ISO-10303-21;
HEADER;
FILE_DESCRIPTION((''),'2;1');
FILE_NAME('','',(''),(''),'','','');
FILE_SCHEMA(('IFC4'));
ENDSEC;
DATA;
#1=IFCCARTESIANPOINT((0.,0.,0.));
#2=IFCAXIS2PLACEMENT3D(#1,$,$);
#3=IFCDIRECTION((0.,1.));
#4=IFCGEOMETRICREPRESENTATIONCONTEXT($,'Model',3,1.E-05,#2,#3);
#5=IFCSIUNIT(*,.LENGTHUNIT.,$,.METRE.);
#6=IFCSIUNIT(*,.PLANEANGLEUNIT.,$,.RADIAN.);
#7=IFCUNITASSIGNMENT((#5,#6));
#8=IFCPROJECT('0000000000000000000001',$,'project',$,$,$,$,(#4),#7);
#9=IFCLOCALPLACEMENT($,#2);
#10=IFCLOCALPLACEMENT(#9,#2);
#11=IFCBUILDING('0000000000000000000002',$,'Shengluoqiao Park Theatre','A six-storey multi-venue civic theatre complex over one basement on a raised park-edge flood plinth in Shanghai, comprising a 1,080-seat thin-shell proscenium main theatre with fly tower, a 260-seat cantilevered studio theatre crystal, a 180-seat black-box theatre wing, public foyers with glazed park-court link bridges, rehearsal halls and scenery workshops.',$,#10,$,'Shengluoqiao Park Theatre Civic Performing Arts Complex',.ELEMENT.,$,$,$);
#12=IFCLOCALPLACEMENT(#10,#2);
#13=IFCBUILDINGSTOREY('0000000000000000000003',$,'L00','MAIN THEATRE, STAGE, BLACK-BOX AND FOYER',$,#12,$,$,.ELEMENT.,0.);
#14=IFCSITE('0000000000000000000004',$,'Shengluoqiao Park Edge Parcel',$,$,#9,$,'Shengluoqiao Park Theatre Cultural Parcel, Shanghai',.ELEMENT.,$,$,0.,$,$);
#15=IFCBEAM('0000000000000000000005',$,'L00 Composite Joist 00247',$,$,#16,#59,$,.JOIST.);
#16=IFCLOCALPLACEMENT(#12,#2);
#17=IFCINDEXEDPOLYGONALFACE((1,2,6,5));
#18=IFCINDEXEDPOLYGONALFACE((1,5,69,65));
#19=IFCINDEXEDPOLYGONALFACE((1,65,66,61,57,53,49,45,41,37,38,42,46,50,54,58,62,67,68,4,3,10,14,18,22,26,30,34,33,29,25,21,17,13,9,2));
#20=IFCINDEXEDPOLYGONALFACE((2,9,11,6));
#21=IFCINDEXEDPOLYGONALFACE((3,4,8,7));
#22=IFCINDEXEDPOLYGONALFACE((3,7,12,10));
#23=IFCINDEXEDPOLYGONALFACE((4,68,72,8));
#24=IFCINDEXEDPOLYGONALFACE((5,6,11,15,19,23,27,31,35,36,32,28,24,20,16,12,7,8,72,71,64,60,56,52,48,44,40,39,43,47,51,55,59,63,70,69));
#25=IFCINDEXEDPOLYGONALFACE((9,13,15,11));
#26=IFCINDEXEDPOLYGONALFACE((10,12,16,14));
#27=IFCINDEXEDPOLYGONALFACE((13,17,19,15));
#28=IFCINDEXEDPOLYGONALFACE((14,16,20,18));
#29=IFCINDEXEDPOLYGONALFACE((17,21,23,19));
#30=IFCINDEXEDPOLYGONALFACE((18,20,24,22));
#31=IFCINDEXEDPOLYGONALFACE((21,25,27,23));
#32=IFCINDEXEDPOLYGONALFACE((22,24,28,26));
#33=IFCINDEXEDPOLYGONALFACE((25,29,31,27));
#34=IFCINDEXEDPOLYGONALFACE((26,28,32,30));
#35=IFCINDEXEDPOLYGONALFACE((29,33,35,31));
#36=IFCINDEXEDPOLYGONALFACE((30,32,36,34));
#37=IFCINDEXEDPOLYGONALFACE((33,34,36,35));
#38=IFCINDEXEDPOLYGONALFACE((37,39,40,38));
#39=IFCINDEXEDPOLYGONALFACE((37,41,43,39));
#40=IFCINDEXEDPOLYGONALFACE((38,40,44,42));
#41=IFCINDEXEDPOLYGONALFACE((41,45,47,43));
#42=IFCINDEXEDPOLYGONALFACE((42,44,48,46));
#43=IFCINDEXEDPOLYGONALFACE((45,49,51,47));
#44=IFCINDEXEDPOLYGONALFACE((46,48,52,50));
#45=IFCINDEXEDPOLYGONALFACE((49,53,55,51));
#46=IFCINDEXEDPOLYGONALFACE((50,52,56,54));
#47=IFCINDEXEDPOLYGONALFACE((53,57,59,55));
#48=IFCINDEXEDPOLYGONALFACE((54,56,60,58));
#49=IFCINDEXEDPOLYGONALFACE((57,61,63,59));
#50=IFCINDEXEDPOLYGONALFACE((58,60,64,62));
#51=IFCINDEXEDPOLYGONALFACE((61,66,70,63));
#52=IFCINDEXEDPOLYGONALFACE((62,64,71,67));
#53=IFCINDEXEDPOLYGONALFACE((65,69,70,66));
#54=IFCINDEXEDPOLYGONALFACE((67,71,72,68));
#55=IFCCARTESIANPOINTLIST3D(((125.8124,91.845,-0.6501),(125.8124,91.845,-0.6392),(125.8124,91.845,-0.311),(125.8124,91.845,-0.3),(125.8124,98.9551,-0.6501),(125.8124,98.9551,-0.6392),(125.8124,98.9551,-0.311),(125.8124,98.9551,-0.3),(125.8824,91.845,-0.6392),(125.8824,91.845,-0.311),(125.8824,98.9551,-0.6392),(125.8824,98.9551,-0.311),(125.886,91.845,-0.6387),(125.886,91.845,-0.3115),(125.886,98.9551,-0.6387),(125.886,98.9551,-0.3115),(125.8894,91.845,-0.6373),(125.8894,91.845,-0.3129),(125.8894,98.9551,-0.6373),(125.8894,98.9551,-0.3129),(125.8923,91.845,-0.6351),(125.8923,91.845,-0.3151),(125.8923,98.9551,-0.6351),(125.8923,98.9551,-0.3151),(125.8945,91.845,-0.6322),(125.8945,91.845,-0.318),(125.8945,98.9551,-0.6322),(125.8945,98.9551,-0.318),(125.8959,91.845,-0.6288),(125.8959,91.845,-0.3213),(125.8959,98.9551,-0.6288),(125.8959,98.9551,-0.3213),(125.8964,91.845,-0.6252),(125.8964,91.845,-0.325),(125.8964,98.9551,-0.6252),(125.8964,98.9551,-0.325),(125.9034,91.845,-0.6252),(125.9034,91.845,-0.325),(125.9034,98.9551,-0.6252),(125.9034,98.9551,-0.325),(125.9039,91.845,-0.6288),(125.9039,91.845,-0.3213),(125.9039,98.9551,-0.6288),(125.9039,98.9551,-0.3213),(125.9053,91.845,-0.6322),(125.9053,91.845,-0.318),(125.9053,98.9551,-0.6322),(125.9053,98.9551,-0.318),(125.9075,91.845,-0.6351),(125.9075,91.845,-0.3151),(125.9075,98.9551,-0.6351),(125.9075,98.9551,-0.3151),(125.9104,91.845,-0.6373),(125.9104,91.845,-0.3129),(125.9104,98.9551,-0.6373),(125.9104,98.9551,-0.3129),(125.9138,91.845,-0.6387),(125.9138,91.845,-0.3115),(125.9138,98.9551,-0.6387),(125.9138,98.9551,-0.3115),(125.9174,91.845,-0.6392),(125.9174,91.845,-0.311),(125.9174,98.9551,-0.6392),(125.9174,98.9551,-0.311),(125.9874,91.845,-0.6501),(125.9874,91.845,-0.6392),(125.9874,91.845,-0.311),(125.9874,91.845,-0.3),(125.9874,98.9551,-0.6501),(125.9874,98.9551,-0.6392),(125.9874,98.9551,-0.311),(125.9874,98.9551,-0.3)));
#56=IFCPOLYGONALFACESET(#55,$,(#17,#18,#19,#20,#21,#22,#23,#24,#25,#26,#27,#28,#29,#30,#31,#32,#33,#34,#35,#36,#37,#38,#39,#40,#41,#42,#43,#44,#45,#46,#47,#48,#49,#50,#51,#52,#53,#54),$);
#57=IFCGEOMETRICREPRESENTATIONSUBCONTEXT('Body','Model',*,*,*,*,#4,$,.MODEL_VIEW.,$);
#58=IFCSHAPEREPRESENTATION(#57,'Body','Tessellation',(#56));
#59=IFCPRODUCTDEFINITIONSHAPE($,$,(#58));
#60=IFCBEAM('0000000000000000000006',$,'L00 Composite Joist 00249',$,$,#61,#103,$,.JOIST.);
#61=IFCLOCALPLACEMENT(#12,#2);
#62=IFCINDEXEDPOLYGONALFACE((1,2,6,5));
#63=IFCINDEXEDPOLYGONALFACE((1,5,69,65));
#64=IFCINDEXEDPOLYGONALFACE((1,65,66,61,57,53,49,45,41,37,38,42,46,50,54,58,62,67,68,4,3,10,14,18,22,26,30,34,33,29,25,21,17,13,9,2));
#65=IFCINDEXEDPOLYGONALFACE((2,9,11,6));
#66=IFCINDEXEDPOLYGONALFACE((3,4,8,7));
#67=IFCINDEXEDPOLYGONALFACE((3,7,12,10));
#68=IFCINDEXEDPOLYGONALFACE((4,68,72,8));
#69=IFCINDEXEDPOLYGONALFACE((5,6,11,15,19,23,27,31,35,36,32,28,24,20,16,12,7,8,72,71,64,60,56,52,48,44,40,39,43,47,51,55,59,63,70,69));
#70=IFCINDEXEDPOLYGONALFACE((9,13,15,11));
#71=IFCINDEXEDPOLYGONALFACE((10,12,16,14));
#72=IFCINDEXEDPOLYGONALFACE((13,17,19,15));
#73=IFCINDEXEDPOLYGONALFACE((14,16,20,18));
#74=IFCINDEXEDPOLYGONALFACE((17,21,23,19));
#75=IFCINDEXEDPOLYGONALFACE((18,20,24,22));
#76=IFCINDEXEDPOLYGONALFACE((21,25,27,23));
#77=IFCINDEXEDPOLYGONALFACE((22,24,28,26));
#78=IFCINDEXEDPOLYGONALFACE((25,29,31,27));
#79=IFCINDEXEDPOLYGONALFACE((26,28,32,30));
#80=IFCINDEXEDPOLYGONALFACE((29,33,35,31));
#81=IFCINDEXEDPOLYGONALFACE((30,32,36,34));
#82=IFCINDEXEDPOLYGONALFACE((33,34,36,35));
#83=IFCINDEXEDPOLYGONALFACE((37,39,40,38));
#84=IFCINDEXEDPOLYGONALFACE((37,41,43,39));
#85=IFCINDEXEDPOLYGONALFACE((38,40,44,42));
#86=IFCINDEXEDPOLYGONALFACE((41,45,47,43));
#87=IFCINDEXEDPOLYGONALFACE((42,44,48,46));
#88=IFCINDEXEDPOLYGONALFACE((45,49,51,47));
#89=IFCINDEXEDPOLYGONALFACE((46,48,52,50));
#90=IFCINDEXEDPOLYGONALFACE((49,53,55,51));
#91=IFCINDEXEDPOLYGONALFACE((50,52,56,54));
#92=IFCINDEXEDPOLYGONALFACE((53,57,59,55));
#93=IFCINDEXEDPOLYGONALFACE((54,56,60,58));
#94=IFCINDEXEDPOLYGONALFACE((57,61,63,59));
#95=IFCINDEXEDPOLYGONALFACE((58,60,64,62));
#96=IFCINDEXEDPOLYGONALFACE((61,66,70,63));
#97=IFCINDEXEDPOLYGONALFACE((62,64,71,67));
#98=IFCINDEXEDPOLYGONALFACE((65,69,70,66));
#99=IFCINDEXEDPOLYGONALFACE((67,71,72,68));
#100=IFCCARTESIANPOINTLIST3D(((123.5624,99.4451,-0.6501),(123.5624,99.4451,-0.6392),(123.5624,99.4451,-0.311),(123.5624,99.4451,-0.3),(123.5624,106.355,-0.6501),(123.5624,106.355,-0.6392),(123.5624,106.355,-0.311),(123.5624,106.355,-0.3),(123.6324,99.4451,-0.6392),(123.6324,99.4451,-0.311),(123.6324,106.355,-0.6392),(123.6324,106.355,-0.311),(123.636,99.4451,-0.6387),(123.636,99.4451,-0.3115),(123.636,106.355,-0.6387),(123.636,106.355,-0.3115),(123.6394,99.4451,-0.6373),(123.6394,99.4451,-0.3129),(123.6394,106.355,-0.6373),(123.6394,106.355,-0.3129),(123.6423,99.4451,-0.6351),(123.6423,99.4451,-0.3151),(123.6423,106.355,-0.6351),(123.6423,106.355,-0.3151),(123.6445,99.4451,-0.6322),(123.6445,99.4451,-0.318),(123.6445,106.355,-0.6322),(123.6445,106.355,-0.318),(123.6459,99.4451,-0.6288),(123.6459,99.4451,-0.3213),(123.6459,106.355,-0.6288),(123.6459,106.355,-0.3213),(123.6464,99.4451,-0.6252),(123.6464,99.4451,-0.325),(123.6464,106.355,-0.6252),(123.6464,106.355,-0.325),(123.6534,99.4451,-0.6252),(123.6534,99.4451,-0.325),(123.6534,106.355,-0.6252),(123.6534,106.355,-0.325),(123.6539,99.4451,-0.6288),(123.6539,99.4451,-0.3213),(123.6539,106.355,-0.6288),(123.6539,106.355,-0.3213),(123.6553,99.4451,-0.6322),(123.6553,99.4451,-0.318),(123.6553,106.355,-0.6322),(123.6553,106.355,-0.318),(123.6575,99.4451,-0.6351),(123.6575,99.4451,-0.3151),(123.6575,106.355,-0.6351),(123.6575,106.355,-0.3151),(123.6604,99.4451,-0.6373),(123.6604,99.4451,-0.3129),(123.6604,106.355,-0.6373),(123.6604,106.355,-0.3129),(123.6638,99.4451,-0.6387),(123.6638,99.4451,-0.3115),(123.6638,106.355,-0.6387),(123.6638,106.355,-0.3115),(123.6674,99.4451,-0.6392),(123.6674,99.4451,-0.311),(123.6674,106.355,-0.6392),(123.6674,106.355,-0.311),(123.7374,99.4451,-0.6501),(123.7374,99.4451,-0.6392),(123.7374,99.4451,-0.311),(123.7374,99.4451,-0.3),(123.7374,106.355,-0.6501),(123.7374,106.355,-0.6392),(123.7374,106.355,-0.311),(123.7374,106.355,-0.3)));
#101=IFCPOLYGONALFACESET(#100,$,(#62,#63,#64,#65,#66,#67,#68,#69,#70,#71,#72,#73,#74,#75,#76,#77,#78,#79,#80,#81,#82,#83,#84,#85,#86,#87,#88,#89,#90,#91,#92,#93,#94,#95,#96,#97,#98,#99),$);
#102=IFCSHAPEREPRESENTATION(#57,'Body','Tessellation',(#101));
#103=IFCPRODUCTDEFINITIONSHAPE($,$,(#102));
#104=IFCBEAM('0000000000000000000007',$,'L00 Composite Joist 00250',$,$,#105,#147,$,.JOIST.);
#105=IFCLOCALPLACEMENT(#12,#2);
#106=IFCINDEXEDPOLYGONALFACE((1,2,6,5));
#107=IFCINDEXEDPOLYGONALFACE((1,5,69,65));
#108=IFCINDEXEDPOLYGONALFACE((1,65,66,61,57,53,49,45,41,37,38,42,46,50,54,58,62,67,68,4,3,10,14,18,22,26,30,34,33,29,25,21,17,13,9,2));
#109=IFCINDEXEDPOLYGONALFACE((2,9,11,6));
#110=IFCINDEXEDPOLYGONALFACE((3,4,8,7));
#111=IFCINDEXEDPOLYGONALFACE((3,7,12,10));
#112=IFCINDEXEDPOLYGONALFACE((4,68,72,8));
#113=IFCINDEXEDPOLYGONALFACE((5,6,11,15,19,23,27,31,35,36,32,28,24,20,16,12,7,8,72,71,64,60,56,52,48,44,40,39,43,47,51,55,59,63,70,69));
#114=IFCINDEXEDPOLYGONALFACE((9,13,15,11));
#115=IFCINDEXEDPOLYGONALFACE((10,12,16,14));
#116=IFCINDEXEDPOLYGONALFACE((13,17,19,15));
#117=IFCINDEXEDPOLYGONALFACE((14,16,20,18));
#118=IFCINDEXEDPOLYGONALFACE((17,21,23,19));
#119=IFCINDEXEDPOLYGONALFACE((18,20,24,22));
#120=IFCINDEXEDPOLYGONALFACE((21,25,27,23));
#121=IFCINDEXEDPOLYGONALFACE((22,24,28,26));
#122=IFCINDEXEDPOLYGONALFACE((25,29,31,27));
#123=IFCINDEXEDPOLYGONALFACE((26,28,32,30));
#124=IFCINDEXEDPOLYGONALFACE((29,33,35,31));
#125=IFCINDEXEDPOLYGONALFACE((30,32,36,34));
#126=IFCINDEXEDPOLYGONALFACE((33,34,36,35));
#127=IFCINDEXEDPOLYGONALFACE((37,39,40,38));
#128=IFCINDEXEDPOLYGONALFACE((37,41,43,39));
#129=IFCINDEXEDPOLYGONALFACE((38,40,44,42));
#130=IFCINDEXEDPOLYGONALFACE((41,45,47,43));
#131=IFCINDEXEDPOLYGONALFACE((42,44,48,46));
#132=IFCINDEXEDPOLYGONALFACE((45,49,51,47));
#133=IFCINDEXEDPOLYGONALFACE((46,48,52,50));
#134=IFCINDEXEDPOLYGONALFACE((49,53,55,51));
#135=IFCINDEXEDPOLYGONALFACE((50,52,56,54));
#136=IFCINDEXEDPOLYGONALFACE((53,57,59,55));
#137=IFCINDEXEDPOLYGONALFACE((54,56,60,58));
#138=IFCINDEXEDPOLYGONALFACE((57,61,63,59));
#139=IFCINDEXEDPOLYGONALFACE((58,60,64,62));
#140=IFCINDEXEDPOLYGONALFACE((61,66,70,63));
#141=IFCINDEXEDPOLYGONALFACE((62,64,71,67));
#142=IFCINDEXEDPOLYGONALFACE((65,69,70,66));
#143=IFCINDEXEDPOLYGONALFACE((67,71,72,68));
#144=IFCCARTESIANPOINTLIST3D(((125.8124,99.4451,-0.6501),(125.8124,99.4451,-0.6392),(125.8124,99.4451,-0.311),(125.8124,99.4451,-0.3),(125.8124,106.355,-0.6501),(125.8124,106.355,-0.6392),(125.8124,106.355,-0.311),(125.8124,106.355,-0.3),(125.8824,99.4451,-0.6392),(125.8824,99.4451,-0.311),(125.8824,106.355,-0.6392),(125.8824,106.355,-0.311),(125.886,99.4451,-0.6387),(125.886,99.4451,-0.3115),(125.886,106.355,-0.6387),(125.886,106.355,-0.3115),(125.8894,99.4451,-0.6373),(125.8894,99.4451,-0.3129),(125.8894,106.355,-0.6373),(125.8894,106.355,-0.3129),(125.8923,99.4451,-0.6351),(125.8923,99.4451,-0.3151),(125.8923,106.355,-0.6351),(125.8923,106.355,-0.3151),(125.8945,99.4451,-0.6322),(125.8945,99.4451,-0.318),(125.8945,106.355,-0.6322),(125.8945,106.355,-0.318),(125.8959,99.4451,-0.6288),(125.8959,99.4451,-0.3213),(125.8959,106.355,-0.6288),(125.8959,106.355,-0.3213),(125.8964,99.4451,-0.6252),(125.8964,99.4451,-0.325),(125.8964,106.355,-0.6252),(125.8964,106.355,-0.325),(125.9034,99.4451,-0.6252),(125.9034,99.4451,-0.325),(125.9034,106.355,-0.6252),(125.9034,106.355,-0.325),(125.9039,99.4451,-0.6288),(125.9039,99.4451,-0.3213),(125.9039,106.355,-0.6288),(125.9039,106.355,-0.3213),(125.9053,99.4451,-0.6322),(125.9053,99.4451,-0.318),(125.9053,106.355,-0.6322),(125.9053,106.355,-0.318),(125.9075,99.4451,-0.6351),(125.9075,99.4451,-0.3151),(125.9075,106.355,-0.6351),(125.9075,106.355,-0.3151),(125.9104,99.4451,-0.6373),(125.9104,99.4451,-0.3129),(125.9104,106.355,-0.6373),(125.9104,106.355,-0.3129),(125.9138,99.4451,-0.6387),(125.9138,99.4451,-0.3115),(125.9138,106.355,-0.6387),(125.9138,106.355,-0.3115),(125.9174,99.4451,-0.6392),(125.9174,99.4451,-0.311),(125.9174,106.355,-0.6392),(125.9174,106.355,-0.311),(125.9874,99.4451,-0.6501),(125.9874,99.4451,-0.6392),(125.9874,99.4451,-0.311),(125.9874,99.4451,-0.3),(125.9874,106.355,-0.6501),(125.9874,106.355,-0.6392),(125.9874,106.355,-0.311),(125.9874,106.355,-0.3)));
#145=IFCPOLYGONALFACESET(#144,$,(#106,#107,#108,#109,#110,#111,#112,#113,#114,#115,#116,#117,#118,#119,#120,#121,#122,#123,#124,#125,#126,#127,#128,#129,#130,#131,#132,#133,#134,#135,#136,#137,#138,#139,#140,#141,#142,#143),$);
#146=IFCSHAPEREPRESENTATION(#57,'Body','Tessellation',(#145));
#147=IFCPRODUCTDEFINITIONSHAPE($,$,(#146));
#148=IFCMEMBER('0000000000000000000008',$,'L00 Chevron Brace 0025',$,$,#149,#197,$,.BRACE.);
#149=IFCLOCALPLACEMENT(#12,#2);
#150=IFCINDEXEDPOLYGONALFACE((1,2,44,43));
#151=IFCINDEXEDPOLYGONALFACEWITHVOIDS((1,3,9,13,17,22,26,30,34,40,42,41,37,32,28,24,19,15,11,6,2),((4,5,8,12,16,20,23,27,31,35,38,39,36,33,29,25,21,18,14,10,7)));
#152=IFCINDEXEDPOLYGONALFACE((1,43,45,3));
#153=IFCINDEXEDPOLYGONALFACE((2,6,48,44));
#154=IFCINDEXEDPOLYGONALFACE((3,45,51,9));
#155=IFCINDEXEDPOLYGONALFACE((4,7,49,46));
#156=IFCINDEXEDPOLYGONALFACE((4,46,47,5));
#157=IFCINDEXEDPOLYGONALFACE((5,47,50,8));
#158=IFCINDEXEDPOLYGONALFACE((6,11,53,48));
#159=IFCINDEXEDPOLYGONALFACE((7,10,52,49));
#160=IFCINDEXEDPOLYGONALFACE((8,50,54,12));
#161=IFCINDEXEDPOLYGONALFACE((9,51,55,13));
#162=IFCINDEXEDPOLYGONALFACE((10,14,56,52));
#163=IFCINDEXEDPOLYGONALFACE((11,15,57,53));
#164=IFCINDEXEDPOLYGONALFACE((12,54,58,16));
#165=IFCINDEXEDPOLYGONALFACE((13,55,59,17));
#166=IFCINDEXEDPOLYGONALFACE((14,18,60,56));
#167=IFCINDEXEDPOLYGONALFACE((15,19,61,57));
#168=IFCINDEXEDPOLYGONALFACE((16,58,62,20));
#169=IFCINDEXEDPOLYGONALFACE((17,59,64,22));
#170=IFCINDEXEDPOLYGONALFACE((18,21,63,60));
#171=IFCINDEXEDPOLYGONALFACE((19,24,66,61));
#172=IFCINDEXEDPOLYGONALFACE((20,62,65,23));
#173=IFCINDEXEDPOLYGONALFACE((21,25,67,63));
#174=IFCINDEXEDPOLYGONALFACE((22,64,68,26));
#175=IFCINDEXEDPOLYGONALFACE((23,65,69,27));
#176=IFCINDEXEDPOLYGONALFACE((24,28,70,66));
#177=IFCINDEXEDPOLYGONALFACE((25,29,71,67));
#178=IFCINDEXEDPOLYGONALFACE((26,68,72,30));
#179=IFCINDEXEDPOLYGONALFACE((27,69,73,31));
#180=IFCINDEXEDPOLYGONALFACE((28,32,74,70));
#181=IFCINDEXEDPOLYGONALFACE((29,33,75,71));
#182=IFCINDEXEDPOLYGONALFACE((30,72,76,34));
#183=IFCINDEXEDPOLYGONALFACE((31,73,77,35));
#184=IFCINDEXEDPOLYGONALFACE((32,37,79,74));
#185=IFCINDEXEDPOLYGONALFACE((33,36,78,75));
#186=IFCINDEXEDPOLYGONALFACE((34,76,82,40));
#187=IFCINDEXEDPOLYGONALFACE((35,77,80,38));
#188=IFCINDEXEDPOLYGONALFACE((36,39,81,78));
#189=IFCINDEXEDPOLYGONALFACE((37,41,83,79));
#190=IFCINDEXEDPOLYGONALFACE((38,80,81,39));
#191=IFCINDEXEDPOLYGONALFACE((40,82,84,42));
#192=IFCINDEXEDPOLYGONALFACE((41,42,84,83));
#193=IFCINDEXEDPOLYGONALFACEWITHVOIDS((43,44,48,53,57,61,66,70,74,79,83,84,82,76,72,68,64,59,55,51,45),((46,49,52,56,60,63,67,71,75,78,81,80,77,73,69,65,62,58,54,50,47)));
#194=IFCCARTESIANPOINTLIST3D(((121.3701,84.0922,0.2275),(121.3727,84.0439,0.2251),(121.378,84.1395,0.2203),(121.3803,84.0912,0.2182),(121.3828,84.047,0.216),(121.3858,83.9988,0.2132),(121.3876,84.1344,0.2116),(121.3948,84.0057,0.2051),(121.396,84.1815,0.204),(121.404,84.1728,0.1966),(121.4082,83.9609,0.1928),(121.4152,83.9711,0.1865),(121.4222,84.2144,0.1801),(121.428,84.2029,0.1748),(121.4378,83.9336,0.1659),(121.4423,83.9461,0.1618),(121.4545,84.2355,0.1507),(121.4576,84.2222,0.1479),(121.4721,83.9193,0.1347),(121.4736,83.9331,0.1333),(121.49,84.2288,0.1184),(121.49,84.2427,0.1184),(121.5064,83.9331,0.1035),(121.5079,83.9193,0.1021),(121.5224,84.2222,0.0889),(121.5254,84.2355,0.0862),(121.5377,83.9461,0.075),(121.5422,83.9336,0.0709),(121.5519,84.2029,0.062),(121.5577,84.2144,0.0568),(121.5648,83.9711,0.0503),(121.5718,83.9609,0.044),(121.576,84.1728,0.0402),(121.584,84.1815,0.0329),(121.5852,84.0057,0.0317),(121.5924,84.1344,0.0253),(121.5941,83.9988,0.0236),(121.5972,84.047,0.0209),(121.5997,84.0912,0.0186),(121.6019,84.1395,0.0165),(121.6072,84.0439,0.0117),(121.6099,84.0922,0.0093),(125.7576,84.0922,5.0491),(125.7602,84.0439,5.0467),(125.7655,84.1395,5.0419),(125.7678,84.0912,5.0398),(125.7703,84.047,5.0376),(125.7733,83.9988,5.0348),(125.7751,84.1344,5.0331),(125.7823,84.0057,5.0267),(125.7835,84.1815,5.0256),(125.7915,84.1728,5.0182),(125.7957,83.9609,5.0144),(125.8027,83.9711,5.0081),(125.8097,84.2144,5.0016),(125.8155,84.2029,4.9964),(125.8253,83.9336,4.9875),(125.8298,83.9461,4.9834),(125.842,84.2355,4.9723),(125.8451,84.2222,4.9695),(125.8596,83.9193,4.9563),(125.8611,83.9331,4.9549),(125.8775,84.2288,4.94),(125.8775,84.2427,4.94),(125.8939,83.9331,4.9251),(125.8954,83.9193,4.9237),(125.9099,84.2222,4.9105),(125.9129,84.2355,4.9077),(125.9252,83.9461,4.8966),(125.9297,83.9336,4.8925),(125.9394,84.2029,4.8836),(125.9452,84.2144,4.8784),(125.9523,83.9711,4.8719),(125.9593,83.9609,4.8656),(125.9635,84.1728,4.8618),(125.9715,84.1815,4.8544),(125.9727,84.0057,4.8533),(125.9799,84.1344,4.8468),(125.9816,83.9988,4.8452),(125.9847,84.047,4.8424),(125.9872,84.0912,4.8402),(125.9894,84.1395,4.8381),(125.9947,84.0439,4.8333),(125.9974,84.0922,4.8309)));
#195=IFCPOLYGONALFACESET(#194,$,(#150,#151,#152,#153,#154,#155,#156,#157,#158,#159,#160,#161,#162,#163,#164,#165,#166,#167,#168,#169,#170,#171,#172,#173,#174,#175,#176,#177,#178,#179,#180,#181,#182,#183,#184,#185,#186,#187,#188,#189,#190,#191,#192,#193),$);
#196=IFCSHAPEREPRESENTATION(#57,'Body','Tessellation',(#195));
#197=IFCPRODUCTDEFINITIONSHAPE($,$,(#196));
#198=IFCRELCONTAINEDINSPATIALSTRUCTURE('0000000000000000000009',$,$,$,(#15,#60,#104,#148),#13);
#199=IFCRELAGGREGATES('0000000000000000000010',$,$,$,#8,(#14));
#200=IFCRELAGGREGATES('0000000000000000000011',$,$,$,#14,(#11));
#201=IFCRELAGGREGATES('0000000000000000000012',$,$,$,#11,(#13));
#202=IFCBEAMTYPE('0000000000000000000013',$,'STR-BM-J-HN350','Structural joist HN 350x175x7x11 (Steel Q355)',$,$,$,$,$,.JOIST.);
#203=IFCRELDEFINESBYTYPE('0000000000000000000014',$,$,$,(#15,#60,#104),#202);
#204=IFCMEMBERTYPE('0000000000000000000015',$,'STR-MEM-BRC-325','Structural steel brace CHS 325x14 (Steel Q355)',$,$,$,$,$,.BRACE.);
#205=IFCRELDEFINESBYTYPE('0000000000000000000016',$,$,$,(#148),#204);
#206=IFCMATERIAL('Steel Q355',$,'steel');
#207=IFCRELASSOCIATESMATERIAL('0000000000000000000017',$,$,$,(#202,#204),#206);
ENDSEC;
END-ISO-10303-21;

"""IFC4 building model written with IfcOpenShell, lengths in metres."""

from ifc_helpers import new_model, si_unit, direction, frame, origin, origin_2d, place, context, subcontext, project, spatial, hollow_circle, i_section, extrude, material, material_profile, profile_set, type_object, element, save


model = new_model("IFC4")

# Units and contexts
model_context = context("Model", 3, precision=1e-05, world=origin(), true_north=direction((0.0, 1.0)))
body_context = subcontext(model_context, "Body", "Model", "MODEL_VIEW")
ifc_project = project(units=[si_unit("LENGTHUNIT", "METRE"), si_unit("PLANEANGLEUNIT", "RADIAN")], contexts=[model_context])

# Site, building, storey
site_placement = place(None, origin())
site = spatial("IfcSite", under=ifc_project, at=site_placement, Name="Shengluoqiao Park Edge Parcel", LongName="Shengluoqiao Park Theatre Cultural Parcel, Shanghai", CompositionType="ELEMENT", RefElevation=0.0)
building_placement = place(site_placement, origin())
building = spatial("IfcBuilding", under=site, at=building_placement, Name="Shengluoqiao Park Theatre", Description="A six-storey multi-venue civic theatre complex over one basement on a raised park-edge flood plinth in Shanghai, comprising a 1,080-seat thin-shell proscenium main theatre with fly tower, a 260-seat cantilevered studio theatre crystal, a 180-seat black-box theatre wing, public foyers with glazed park-court link bridges, rehearsal halls and scenery workshops.", LongName="Shengluoqiao Park Theatre Civic Performing Arts Complex", CompositionType="ELEMENT")
storey_placement = place(building_placement, origin())
storey = spatial("IfcBuildingStorey", under=building, at=storey_placement, Name="L00", Description="MAIN THEATRE, STAGE, BLACK-BOX AND FOYER", CompositionType="ELEMENT", Elevation=0.0)

# Beams
ifc_material_1 = material(Name="Steel Q355", Category="steel")
ifc_material_profile_1 = material_profile(ifc_material_1, i_section(OverallWidth=0.175, OverallDepth=0.3501, WebThickness=0.0071, FlangeThickness=0.011, FilletRadius=0.0139, at=origin_2d()), Name="HN 350x175x7x11")
ifc_profile_set_1 = profile_set([ifc_material_profile_1], Name="Steel Q355")
beam_type_1 = type_object("IfcBeamType", Name="STR-BM-J-HN350", Description="Structural joist HN 350x175x7x11 (Steel Q355)", PredefinedType="JOIST", material=ifc_profile_set_1)
for number, where, z_axis, x_axis, name in (
    (1, (125.8999, 91.845, -0.4751), (0.0, 1.0, 0.0), (-1.0, 0.0, 0.0), "L00 Composite Joist 00247"),
):
    element("IfcBeam", number, at=place(storey_placement, frame(where, z_axis=z_axis, x_axis=x_axis)), inside=storey, type_object=beam_type_1, Name=name, PredefinedType="JOIST", context=body_context, shape_type="SweptSolid", body=[
        extrude(i_section(OverallWidth=0.175, OverallDepth=0.3501, WebThickness=0.0071, FlangeThickness=0.011, FilletRadius=0.0139, at=origin_2d()), origin(), (0.0, 0.0, 1.0), 7.1101),
    ])
for number, where, z_axis, x_axis, name in (
    (2, (123.6499, 99.4451, -0.4751), (0.0, 1.0, 0.0), (-1.0, 0.0, 0.0), "L00 Composite Joist 00249"),
    (3, (125.8999, 99.4451, -0.4751), (0.0, 1.0, 0.0), (-1.0, 0.0, 0.0), "L00 Composite Joist 00250"),
):
    element("IfcBeam", number, at=place(storey_placement, frame(where, z_axis=z_axis, x_axis=x_axis)), inside=storey, type_object=beam_type_1, Name=name, PredefinedType="JOIST", context=body_context, shape_type="SweptSolid", body=[
        extrude(i_section(OverallWidth=0.175, OverallDepth=0.3501, WebThickness=0.0071, FlangeThickness=0.011, FilletRadius=0.0139, at=origin_2d()), origin(), (0.0, 0.0, 1.0), 6.9099),
    ])

# Member
ifc_material_profile_2 = material_profile(ifc_material_1, hollow_circle(Radius=0.1626, WallThickness=0.0139, at=origin_2d()), Name="CHS 325x14")
ifc_profile_set_2 = profile_set([ifc_material_profile_2], Name="Steel Q355")
member_type = type_object("IfcMemberType", Name="STR-MEM-BRC-325", Description="Structural steel brace CHS 325x14 (Steel Q355)", PredefinedType="BRACE", material=ifc_profile_set_2)
member_placement = place(storey_placement, frame((121.49, 84.0801, 0.1184), z_axis=(0.673029, 0.0, 0.739616), x_axis=(0.0, 1.0, 0.0)))
element("IfcMember", 4, at=member_placement, inside=storey, type_object=member_type, Name="L00 Chevron Brace 0025", PredefinedType="BRACE", context=body_context, shape_type="SweptSolid", body=[
    extrude(hollow_circle(Radius=0.1626, WallThickness=0.0139, at=origin_2d()), origin(), (0.0, 0.0, 1.0), 6.519),
])

save(model, "model.ifc")
